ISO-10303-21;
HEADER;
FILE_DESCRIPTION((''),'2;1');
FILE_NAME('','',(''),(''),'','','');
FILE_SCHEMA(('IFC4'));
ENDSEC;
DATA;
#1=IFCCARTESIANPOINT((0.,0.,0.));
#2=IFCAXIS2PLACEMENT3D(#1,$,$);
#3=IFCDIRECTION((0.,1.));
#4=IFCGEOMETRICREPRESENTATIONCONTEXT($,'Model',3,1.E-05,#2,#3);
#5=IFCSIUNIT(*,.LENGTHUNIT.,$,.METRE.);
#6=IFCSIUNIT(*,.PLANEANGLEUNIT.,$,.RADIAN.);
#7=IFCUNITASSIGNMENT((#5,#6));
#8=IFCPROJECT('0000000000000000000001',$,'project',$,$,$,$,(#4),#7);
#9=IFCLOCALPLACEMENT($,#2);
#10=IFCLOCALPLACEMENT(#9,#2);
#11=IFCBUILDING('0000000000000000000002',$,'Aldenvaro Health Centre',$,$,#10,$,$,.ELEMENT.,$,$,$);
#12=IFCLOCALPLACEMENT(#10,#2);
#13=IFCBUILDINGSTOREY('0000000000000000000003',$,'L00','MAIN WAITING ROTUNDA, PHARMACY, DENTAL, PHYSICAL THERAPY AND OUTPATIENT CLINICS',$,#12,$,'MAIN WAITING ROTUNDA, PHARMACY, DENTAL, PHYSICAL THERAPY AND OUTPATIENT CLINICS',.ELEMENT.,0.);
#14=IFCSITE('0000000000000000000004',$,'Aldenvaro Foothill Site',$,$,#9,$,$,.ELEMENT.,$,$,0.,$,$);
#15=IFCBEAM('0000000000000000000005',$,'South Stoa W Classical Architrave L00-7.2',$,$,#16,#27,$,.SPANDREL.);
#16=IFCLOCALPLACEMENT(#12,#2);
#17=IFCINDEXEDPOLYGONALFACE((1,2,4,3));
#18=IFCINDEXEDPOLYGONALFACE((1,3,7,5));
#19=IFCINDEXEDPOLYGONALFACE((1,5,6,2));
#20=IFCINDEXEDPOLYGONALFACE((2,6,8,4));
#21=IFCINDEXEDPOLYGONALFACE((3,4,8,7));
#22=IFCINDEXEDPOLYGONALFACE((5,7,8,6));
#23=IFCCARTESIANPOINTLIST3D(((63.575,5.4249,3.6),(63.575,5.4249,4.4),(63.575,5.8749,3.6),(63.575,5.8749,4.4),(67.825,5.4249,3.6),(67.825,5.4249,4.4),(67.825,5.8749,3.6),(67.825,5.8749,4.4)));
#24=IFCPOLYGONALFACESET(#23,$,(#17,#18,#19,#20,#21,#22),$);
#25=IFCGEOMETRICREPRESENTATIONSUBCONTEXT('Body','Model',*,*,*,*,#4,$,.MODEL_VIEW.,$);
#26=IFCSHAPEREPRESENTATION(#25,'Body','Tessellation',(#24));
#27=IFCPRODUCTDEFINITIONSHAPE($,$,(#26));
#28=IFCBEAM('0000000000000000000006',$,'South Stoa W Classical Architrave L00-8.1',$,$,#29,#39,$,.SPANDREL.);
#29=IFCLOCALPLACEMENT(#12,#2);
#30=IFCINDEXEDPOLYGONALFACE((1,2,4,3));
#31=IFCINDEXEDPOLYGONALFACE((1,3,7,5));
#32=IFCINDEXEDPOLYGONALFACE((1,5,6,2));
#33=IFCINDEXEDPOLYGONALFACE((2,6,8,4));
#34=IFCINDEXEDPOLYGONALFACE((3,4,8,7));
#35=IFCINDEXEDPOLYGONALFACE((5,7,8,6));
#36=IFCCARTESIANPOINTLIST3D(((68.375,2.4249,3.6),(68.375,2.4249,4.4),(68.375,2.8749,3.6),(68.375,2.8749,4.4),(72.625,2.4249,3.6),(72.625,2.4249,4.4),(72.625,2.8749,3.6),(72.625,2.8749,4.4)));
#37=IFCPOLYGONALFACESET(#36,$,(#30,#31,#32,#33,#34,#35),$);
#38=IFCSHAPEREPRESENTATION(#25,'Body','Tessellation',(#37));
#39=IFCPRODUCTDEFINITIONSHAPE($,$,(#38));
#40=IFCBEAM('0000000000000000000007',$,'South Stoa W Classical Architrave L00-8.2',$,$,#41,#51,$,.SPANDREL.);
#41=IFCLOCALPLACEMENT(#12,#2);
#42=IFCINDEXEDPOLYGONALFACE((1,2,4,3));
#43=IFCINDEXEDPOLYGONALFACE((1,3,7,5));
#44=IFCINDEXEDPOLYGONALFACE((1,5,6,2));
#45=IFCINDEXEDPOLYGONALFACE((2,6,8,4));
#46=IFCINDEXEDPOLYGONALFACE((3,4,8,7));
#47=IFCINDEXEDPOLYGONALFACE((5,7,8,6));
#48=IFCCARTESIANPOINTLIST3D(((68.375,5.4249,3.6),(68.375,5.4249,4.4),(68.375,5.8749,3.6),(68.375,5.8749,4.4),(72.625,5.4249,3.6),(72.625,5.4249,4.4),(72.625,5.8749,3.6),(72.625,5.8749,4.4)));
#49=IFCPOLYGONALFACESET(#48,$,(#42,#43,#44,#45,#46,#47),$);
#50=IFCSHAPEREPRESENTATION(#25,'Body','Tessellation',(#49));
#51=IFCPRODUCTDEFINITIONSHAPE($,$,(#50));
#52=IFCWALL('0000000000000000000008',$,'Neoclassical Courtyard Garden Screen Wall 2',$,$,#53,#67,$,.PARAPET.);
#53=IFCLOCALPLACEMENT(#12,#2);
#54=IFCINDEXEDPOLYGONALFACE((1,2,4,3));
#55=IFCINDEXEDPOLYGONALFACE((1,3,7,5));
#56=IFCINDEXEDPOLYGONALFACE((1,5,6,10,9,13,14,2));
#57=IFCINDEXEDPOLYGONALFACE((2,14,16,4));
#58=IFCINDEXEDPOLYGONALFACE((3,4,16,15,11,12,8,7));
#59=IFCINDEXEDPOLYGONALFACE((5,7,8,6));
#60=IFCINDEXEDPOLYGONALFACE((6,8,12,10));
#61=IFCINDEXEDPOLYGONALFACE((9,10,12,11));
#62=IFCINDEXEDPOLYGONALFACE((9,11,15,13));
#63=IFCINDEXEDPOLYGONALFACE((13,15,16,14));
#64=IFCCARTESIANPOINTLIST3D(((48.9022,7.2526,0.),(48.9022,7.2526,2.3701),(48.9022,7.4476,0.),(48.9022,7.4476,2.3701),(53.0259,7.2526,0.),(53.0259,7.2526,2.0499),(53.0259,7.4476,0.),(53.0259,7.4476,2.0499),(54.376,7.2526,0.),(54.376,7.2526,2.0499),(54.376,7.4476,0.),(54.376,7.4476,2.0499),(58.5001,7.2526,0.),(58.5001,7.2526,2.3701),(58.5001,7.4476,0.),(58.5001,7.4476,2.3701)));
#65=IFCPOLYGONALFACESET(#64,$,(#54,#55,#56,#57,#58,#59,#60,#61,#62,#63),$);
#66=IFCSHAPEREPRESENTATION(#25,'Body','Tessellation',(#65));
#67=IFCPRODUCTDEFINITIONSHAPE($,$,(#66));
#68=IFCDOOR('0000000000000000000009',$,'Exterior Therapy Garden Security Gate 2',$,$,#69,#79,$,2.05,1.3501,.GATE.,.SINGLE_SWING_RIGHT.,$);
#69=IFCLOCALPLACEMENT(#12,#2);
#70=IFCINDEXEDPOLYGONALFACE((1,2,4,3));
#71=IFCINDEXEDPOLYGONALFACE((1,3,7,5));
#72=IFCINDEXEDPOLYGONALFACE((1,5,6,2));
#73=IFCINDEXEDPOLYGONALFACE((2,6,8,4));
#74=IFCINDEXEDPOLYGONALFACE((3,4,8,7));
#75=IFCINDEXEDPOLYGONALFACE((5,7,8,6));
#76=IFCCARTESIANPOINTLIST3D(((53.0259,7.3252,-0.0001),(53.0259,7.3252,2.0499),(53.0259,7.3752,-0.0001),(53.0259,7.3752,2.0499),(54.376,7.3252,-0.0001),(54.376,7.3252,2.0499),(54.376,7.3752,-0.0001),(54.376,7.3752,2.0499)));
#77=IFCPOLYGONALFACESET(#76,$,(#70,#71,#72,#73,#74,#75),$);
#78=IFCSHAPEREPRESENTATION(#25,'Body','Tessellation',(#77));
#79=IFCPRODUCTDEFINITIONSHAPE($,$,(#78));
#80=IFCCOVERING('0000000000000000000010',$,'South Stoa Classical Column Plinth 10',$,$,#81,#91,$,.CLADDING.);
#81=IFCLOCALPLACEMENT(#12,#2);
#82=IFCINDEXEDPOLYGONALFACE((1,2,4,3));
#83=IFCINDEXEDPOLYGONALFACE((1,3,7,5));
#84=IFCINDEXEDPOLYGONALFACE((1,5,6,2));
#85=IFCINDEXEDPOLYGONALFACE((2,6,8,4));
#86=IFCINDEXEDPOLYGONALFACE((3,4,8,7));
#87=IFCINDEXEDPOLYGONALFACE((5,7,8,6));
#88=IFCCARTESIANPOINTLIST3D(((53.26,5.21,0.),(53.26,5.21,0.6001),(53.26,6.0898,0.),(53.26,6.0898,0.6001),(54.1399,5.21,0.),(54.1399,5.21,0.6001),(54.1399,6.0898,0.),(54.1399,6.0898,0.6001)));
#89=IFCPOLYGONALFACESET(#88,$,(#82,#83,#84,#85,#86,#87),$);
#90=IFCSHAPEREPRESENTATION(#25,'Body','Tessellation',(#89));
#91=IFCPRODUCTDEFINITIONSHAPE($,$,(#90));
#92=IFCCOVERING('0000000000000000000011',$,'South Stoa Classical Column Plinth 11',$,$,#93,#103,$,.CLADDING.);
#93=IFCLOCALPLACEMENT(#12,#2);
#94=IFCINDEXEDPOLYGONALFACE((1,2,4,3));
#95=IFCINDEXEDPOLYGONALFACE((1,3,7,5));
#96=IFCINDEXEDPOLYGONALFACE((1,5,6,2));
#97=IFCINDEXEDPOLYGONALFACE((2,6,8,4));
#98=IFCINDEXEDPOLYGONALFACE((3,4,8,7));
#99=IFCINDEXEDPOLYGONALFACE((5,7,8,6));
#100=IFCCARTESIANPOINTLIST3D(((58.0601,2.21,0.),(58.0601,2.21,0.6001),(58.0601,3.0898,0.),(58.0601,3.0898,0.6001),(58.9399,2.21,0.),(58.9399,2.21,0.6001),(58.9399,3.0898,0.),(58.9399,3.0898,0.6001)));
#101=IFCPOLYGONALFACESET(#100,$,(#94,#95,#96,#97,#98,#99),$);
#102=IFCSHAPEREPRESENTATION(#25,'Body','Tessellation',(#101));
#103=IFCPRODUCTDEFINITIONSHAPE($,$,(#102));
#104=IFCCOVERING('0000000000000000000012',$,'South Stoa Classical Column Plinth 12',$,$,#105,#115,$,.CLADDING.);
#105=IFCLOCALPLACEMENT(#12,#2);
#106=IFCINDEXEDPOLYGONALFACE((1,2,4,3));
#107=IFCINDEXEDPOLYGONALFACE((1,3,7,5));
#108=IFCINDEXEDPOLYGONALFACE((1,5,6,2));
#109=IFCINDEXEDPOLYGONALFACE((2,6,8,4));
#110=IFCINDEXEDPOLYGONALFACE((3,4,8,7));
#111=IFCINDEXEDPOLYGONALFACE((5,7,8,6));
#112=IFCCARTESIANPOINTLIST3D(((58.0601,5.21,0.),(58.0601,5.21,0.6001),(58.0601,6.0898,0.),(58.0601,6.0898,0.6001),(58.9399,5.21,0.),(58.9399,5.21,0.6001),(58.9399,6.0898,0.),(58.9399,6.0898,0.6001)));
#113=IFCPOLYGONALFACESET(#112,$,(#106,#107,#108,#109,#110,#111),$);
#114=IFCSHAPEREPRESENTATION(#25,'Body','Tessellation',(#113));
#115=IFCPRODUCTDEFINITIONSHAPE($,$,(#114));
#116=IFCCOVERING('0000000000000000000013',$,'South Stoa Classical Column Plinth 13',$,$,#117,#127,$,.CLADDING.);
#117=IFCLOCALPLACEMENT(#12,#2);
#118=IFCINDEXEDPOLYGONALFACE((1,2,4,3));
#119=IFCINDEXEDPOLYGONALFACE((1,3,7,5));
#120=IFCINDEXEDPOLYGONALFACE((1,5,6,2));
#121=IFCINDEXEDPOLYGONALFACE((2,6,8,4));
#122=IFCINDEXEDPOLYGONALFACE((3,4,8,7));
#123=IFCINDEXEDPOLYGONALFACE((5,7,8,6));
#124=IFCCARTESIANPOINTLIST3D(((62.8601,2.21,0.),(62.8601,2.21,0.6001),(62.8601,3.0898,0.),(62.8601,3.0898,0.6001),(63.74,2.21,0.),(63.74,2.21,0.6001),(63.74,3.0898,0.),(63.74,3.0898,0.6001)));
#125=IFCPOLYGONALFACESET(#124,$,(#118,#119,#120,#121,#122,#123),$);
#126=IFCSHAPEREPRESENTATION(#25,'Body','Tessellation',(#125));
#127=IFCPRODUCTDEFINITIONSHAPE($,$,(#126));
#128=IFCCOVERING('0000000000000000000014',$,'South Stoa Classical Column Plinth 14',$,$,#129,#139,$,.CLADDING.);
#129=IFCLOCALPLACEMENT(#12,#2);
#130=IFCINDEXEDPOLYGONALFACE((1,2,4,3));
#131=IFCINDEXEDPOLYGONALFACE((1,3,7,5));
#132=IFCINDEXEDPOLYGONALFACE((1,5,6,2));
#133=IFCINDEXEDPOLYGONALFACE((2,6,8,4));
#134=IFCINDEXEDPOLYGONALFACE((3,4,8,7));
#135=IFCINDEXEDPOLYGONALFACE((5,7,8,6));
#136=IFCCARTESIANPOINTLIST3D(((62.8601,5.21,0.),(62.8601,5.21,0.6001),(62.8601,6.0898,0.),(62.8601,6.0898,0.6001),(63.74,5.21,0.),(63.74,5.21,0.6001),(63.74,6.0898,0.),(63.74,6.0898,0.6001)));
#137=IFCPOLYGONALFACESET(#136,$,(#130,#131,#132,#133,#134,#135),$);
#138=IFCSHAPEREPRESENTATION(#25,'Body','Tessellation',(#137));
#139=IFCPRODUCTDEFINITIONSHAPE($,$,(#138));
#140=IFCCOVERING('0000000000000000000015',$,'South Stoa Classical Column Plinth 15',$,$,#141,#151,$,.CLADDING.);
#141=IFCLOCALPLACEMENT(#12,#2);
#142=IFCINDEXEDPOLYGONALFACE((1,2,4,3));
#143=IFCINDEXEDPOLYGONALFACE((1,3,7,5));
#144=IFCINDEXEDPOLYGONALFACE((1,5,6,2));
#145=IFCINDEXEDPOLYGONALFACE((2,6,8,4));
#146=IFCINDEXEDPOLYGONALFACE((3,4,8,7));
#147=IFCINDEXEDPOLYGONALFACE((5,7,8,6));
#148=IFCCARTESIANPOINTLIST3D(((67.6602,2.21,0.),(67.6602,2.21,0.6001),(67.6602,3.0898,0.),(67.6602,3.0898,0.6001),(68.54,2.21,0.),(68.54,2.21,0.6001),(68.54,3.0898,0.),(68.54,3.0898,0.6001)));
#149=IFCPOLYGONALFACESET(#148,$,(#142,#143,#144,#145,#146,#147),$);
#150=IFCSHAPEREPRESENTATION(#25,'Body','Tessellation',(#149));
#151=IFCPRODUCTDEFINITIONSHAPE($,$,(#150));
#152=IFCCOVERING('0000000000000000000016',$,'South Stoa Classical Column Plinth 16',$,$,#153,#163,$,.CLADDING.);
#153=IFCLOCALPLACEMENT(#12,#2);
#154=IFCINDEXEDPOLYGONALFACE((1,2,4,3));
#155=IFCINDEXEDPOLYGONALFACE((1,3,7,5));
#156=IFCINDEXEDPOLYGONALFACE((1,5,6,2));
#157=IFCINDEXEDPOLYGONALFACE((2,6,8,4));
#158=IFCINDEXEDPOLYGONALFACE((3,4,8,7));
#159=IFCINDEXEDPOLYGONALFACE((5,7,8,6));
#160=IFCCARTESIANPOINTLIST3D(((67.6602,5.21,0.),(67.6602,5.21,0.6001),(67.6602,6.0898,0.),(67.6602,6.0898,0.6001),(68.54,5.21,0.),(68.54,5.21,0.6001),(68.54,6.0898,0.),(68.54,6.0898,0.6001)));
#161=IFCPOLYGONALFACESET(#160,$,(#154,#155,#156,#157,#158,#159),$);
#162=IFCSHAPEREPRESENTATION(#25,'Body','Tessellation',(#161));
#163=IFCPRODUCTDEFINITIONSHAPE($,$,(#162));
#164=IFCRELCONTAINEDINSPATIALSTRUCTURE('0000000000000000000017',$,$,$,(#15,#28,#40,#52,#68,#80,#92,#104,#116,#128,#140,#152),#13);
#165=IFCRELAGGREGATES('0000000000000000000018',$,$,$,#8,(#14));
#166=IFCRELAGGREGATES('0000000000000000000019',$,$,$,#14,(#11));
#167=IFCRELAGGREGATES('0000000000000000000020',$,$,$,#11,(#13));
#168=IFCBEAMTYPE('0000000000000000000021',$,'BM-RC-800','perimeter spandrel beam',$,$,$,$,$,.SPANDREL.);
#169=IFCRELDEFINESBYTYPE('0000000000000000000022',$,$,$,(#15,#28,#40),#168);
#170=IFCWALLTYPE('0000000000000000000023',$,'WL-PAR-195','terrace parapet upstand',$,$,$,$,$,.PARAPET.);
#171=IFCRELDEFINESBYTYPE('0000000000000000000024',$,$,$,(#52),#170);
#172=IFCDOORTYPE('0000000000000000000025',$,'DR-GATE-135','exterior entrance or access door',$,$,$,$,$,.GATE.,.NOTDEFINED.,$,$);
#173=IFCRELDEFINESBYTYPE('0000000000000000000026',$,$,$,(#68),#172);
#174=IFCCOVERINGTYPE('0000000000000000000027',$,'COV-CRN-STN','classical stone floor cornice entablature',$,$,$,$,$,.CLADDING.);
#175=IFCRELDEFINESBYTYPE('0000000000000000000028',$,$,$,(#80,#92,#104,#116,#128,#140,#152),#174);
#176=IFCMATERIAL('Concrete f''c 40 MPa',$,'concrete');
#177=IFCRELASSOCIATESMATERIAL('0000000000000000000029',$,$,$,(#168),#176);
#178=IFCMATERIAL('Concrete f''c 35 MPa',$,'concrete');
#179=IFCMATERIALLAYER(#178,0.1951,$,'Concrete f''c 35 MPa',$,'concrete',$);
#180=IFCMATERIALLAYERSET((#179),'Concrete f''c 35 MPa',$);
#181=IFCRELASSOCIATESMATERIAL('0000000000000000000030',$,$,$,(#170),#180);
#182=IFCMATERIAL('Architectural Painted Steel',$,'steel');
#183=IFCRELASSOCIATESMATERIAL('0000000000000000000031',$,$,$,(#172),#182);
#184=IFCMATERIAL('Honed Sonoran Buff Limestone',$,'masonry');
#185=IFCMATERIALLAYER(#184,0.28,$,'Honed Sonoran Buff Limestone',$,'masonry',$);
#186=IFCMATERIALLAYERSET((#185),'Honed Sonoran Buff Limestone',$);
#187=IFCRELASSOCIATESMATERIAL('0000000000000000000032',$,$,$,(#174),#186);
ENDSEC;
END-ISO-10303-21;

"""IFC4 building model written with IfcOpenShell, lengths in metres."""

from ifc_helpers import new_model, si_unit, direction, frame, frame_2d, origin, origin_2d, place, context, subcontext, project, spatial, rectangle, extrude, material, layer, layer_set, material_profile, profile_set, type_object, element, fill, save


model = new_model("IFC4")

# Units and contexts
model_context = context("Model", 3, precision=1e-05, world=origin(), true_north=direction((0.0, 1.0)))
body_context = subcontext(model_context, "Body", "Model", "MODEL_VIEW")
ifc_project = project(units=[si_unit("LENGTHUNIT", "METRE"), si_unit("PLANEANGLEUNIT", "RADIAN")], contexts=[model_context])

# Site, building, storey
site_placement = place(None, origin())
site = spatial("IfcSite", under=ifc_project, at=site_placement, Name="Aldenvaro Foothill Site", CompositionType="ELEMENT", RefElevation=0.0)
building_placement = place(site_placement, origin())
building = spatial("IfcBuilding", under=site, at=building_placement, Name="Aldenvaro Health Centre", CompositionType="ELEMENT")
storey_placement = place(building_placement, origin())
storey = spatial("IfcBuildingStorey", under=building, at=storey_placement, Name="L00", Description="MAIN WAITING ROTUNDA, PHARMACY, DENTAL, PHYSICAL THERAPY AND OUTPATIENT CLINICS", LongName="MAIN WAITING ROTUNDA, PHARMACY, DENTAL, PHYSICAL THERAPY AND OUTPATIENT CLINICS", CompositionType="ELEMENT", Elevation=0.0)

# Shared definitions
ifc_material_1 = material(Name="Concrete f'c 40 MPa", Category="concrete")

# Beams
ifc_material_profile_1 = material_profile(ifc_material_1, rectangle(XDim=0.45, YDim=0.8, at=origin_2d()), Name="RC 450x800", Category="concrete")
ifc_profile_set_1 = profile_set([ifc_material_profile_1], Name="Concrete f'c 40 MPa")
beam_type_1 = type_object("IfcBeamType", Name="BM-RC-800", Description="perimeter spandrel beam", PredefinedType="SPANDREL", material=ifc_profile_set_1)
for number, where, z_axis, x_axis, name in (
    (1, (63.575, 5.6499, 4.0), (1.0, 0.0, 0.0), (0.0, 1.0, 0.0), "South Stoa W Classical Architrave L00-7.2"),
    (2, (68.375, 2.6499, 4.0), (1.0, 0.0, 0.0), (0.0, 1.0, 0.0), "South Stoa W Classical Architrave L00-8.1"),
    (3, (68.375, 5.6499, 4.0), (1.0, 0.0, 0.0), (0.0, 1.0, 0.0), "South Stoa W Classical Architrave L00-8.2"),
):
    element("IfcBeam", number, at=place(storey_placement, frame(where, z_axis=z_axis, x_axis=x_axis)), inside=storey, type_object=beam_type_1, Name=name, PredefinedType="SPANDREL", context=body_context, shape_type="SweptSolid", body=[
        extrude(rectangle(XDim=0.45, YDim=0.8, at=origin_2d()), origin(), (0.0, 0.0, 1.0), 4.25),
    ])

# Wall, opening, door
ifc_material_2 = material(Name="Concrete f'c 35 MPa", Category="concrete")
ifc_layer_1 = layer(ifc_material_2, 0.1951, Name="Concrete f'c 35 MPa", Category="concrete")
ifc_layer_set_1 = layer_set([ifc_layer_1], Name="Concrete f'c 35 MPa")
wall_type = type_object("IfcWallType", Name="WL-PAR-195", Description="terrace parapet upstand", PredefinedType="PARAPET", material=ifc_layer_set_1)
wall_placement = place(storey_placement, frame((58.5, 7.3501, 0.0), z_axis=(0.0, 0.0, 1.0), x_axis=(-1.0, 0.0, 0.0)))
wall = element("IfcWall", 4, at=wall_placement, inside=storey, type_object=wall_type, Name="Neoclassical Courtyard Garden Screen Wall 2", PredefinedType="PARAPET", context=body_context, shape_type="SweptSolid", body=[
    extrude(rectangle(XDim=9.5979, YDim=0.1951, at=frame_2d((4.7988, 0.0))), origin(), (0.0, 0.0, 1.0), 2.3701),
])
opening_placement = place(wall_placement, frame((4.124, 0.0, 0.0)))
opening = element("IfcOpeningElement", 5, at=opening_placement, cuts=wall, PredefinedType="OPENING", context=body_context, shape_type="SweptSolid", body=[
    extrude(rectangle(XDim=1.3501, YDim=2.05, at=frame_2d((0.675, 1.0249))), frame((0.0, 0.1074, 0.0), z_axis=(0.0, -1.0, 0.0), x_axis=(1.0, 0.0, 0.0)), (0.0, 0.0, 1.0), 0.2151),
])
ifc_material_3 = material(Name="Architectural Painted Steel", Category="steel")
door_type = type_object("IfcDoorType", Name="DR-GATE-135", Description="exterior entrance or access door", OperationType="NOTDEFINED", PredefinedType="GATE", material=ifc_material_3)
door_placement = place(opening_placement, origin())
door = element("IfcDoor", 6, at=door_placement, inside=storey, type_object=door_type, Name="Exterior Therapy Garden Security Gate 2", OperationType="SINGLE_SWING_RIGHT", OverallHeight=2.05, OverallWidth=1.3501, PredefinedType="GATE", context=body_context, shape_type="SweptSolid", body=[
    extrude(rectangle(XDim=1.3501, YDim=2.05, at=frame_2d((0.675, 1.0249))), frame((0.0, 0.0249, 0.0), z_axis=(0.0, -1.0, 0.0), x_axis=(1.0, 0.0, 0.0)), (0.0, 0.0, 1.0), 0.05),
])
fill(opening, door)

# Coverings
ifc_material_4 = material(Name="Honed Sonoran Buff Limestone", Category="masonry")
ifc_layer_2 = layer(ifc_material_4, 0.28, Name="Honed Sonoran Buff Limestone", Category="masonry")
ifc_layer_set_2 = layer_set([ifc_layer_2], Name="Honed Sonoran Buff Limestone")
covering_type = type_object("IfcCoveringType", Name="COV-CRN-STN", Description="classical stone floor cornice entablature", PredefinedType="CLADDING", material=ifc_layer_set_2)
for number, where, z_axis, x_axis, name in (
    (7, (53.7, 5.6499, 0.0), (0.0, 0.0, 1.0), (1.0, 0.0, 0.0), "South Stoa Classical Column Plinth 10"),
    (8, (58.5, 2.6499, 0.0), (0.0, 0.0, 1.0), (1.0, 0.0, 0.0), "South Stoa Classical Column Plinth 11"),
    (9, (58.5, 5.6499, 0.0), (0.0, 0.0, 1.0), (1.0, 0.0, 0.0), "South Stoa Classical Column Plinth 12"),
    (10, (63.3, 2.6499, 0.0), (0.0, 0.0, 1.0), (1.0, 0.0, 0.0), "South Stoa Classical Column Plinth 13"),
    (11, (63.3, 5.6499, 0.0), (0.0, 0.0, 1.0), (1.0, 0.0, 0.0), "South Stoa Classical Column Plinth 14"),
    (12, (68.1001, 2.6499, 0.0), (0.0, 0.0, 1.0), (1.0, 0.0, 0.0), "South Stoa Classical Column Plinth 15"),
    (13, (68.1001, 5.6499, 0.0), (0.0, 0.0, 1.0), (1.0, 0.0, 0.0), "South Stoa Classical Column Plinth 16"),
):
    element("IfcCovering", number, at=place(storey_placement, frame(where, z_axis=z_axis, x_axis=x_axis)), inside=storey, type_object=covering_type, Name=name, PredefinedType="CLADDING", context=body_context, shape_type="SweptSolid", body=[
        extrude(rectangle(XDim=0.8799, YDim=0.8799, at=origin_2d()), origin(), (0.0, 0.0, 1.0), 0.6001),
    ])

save(model, "model.ifc")
